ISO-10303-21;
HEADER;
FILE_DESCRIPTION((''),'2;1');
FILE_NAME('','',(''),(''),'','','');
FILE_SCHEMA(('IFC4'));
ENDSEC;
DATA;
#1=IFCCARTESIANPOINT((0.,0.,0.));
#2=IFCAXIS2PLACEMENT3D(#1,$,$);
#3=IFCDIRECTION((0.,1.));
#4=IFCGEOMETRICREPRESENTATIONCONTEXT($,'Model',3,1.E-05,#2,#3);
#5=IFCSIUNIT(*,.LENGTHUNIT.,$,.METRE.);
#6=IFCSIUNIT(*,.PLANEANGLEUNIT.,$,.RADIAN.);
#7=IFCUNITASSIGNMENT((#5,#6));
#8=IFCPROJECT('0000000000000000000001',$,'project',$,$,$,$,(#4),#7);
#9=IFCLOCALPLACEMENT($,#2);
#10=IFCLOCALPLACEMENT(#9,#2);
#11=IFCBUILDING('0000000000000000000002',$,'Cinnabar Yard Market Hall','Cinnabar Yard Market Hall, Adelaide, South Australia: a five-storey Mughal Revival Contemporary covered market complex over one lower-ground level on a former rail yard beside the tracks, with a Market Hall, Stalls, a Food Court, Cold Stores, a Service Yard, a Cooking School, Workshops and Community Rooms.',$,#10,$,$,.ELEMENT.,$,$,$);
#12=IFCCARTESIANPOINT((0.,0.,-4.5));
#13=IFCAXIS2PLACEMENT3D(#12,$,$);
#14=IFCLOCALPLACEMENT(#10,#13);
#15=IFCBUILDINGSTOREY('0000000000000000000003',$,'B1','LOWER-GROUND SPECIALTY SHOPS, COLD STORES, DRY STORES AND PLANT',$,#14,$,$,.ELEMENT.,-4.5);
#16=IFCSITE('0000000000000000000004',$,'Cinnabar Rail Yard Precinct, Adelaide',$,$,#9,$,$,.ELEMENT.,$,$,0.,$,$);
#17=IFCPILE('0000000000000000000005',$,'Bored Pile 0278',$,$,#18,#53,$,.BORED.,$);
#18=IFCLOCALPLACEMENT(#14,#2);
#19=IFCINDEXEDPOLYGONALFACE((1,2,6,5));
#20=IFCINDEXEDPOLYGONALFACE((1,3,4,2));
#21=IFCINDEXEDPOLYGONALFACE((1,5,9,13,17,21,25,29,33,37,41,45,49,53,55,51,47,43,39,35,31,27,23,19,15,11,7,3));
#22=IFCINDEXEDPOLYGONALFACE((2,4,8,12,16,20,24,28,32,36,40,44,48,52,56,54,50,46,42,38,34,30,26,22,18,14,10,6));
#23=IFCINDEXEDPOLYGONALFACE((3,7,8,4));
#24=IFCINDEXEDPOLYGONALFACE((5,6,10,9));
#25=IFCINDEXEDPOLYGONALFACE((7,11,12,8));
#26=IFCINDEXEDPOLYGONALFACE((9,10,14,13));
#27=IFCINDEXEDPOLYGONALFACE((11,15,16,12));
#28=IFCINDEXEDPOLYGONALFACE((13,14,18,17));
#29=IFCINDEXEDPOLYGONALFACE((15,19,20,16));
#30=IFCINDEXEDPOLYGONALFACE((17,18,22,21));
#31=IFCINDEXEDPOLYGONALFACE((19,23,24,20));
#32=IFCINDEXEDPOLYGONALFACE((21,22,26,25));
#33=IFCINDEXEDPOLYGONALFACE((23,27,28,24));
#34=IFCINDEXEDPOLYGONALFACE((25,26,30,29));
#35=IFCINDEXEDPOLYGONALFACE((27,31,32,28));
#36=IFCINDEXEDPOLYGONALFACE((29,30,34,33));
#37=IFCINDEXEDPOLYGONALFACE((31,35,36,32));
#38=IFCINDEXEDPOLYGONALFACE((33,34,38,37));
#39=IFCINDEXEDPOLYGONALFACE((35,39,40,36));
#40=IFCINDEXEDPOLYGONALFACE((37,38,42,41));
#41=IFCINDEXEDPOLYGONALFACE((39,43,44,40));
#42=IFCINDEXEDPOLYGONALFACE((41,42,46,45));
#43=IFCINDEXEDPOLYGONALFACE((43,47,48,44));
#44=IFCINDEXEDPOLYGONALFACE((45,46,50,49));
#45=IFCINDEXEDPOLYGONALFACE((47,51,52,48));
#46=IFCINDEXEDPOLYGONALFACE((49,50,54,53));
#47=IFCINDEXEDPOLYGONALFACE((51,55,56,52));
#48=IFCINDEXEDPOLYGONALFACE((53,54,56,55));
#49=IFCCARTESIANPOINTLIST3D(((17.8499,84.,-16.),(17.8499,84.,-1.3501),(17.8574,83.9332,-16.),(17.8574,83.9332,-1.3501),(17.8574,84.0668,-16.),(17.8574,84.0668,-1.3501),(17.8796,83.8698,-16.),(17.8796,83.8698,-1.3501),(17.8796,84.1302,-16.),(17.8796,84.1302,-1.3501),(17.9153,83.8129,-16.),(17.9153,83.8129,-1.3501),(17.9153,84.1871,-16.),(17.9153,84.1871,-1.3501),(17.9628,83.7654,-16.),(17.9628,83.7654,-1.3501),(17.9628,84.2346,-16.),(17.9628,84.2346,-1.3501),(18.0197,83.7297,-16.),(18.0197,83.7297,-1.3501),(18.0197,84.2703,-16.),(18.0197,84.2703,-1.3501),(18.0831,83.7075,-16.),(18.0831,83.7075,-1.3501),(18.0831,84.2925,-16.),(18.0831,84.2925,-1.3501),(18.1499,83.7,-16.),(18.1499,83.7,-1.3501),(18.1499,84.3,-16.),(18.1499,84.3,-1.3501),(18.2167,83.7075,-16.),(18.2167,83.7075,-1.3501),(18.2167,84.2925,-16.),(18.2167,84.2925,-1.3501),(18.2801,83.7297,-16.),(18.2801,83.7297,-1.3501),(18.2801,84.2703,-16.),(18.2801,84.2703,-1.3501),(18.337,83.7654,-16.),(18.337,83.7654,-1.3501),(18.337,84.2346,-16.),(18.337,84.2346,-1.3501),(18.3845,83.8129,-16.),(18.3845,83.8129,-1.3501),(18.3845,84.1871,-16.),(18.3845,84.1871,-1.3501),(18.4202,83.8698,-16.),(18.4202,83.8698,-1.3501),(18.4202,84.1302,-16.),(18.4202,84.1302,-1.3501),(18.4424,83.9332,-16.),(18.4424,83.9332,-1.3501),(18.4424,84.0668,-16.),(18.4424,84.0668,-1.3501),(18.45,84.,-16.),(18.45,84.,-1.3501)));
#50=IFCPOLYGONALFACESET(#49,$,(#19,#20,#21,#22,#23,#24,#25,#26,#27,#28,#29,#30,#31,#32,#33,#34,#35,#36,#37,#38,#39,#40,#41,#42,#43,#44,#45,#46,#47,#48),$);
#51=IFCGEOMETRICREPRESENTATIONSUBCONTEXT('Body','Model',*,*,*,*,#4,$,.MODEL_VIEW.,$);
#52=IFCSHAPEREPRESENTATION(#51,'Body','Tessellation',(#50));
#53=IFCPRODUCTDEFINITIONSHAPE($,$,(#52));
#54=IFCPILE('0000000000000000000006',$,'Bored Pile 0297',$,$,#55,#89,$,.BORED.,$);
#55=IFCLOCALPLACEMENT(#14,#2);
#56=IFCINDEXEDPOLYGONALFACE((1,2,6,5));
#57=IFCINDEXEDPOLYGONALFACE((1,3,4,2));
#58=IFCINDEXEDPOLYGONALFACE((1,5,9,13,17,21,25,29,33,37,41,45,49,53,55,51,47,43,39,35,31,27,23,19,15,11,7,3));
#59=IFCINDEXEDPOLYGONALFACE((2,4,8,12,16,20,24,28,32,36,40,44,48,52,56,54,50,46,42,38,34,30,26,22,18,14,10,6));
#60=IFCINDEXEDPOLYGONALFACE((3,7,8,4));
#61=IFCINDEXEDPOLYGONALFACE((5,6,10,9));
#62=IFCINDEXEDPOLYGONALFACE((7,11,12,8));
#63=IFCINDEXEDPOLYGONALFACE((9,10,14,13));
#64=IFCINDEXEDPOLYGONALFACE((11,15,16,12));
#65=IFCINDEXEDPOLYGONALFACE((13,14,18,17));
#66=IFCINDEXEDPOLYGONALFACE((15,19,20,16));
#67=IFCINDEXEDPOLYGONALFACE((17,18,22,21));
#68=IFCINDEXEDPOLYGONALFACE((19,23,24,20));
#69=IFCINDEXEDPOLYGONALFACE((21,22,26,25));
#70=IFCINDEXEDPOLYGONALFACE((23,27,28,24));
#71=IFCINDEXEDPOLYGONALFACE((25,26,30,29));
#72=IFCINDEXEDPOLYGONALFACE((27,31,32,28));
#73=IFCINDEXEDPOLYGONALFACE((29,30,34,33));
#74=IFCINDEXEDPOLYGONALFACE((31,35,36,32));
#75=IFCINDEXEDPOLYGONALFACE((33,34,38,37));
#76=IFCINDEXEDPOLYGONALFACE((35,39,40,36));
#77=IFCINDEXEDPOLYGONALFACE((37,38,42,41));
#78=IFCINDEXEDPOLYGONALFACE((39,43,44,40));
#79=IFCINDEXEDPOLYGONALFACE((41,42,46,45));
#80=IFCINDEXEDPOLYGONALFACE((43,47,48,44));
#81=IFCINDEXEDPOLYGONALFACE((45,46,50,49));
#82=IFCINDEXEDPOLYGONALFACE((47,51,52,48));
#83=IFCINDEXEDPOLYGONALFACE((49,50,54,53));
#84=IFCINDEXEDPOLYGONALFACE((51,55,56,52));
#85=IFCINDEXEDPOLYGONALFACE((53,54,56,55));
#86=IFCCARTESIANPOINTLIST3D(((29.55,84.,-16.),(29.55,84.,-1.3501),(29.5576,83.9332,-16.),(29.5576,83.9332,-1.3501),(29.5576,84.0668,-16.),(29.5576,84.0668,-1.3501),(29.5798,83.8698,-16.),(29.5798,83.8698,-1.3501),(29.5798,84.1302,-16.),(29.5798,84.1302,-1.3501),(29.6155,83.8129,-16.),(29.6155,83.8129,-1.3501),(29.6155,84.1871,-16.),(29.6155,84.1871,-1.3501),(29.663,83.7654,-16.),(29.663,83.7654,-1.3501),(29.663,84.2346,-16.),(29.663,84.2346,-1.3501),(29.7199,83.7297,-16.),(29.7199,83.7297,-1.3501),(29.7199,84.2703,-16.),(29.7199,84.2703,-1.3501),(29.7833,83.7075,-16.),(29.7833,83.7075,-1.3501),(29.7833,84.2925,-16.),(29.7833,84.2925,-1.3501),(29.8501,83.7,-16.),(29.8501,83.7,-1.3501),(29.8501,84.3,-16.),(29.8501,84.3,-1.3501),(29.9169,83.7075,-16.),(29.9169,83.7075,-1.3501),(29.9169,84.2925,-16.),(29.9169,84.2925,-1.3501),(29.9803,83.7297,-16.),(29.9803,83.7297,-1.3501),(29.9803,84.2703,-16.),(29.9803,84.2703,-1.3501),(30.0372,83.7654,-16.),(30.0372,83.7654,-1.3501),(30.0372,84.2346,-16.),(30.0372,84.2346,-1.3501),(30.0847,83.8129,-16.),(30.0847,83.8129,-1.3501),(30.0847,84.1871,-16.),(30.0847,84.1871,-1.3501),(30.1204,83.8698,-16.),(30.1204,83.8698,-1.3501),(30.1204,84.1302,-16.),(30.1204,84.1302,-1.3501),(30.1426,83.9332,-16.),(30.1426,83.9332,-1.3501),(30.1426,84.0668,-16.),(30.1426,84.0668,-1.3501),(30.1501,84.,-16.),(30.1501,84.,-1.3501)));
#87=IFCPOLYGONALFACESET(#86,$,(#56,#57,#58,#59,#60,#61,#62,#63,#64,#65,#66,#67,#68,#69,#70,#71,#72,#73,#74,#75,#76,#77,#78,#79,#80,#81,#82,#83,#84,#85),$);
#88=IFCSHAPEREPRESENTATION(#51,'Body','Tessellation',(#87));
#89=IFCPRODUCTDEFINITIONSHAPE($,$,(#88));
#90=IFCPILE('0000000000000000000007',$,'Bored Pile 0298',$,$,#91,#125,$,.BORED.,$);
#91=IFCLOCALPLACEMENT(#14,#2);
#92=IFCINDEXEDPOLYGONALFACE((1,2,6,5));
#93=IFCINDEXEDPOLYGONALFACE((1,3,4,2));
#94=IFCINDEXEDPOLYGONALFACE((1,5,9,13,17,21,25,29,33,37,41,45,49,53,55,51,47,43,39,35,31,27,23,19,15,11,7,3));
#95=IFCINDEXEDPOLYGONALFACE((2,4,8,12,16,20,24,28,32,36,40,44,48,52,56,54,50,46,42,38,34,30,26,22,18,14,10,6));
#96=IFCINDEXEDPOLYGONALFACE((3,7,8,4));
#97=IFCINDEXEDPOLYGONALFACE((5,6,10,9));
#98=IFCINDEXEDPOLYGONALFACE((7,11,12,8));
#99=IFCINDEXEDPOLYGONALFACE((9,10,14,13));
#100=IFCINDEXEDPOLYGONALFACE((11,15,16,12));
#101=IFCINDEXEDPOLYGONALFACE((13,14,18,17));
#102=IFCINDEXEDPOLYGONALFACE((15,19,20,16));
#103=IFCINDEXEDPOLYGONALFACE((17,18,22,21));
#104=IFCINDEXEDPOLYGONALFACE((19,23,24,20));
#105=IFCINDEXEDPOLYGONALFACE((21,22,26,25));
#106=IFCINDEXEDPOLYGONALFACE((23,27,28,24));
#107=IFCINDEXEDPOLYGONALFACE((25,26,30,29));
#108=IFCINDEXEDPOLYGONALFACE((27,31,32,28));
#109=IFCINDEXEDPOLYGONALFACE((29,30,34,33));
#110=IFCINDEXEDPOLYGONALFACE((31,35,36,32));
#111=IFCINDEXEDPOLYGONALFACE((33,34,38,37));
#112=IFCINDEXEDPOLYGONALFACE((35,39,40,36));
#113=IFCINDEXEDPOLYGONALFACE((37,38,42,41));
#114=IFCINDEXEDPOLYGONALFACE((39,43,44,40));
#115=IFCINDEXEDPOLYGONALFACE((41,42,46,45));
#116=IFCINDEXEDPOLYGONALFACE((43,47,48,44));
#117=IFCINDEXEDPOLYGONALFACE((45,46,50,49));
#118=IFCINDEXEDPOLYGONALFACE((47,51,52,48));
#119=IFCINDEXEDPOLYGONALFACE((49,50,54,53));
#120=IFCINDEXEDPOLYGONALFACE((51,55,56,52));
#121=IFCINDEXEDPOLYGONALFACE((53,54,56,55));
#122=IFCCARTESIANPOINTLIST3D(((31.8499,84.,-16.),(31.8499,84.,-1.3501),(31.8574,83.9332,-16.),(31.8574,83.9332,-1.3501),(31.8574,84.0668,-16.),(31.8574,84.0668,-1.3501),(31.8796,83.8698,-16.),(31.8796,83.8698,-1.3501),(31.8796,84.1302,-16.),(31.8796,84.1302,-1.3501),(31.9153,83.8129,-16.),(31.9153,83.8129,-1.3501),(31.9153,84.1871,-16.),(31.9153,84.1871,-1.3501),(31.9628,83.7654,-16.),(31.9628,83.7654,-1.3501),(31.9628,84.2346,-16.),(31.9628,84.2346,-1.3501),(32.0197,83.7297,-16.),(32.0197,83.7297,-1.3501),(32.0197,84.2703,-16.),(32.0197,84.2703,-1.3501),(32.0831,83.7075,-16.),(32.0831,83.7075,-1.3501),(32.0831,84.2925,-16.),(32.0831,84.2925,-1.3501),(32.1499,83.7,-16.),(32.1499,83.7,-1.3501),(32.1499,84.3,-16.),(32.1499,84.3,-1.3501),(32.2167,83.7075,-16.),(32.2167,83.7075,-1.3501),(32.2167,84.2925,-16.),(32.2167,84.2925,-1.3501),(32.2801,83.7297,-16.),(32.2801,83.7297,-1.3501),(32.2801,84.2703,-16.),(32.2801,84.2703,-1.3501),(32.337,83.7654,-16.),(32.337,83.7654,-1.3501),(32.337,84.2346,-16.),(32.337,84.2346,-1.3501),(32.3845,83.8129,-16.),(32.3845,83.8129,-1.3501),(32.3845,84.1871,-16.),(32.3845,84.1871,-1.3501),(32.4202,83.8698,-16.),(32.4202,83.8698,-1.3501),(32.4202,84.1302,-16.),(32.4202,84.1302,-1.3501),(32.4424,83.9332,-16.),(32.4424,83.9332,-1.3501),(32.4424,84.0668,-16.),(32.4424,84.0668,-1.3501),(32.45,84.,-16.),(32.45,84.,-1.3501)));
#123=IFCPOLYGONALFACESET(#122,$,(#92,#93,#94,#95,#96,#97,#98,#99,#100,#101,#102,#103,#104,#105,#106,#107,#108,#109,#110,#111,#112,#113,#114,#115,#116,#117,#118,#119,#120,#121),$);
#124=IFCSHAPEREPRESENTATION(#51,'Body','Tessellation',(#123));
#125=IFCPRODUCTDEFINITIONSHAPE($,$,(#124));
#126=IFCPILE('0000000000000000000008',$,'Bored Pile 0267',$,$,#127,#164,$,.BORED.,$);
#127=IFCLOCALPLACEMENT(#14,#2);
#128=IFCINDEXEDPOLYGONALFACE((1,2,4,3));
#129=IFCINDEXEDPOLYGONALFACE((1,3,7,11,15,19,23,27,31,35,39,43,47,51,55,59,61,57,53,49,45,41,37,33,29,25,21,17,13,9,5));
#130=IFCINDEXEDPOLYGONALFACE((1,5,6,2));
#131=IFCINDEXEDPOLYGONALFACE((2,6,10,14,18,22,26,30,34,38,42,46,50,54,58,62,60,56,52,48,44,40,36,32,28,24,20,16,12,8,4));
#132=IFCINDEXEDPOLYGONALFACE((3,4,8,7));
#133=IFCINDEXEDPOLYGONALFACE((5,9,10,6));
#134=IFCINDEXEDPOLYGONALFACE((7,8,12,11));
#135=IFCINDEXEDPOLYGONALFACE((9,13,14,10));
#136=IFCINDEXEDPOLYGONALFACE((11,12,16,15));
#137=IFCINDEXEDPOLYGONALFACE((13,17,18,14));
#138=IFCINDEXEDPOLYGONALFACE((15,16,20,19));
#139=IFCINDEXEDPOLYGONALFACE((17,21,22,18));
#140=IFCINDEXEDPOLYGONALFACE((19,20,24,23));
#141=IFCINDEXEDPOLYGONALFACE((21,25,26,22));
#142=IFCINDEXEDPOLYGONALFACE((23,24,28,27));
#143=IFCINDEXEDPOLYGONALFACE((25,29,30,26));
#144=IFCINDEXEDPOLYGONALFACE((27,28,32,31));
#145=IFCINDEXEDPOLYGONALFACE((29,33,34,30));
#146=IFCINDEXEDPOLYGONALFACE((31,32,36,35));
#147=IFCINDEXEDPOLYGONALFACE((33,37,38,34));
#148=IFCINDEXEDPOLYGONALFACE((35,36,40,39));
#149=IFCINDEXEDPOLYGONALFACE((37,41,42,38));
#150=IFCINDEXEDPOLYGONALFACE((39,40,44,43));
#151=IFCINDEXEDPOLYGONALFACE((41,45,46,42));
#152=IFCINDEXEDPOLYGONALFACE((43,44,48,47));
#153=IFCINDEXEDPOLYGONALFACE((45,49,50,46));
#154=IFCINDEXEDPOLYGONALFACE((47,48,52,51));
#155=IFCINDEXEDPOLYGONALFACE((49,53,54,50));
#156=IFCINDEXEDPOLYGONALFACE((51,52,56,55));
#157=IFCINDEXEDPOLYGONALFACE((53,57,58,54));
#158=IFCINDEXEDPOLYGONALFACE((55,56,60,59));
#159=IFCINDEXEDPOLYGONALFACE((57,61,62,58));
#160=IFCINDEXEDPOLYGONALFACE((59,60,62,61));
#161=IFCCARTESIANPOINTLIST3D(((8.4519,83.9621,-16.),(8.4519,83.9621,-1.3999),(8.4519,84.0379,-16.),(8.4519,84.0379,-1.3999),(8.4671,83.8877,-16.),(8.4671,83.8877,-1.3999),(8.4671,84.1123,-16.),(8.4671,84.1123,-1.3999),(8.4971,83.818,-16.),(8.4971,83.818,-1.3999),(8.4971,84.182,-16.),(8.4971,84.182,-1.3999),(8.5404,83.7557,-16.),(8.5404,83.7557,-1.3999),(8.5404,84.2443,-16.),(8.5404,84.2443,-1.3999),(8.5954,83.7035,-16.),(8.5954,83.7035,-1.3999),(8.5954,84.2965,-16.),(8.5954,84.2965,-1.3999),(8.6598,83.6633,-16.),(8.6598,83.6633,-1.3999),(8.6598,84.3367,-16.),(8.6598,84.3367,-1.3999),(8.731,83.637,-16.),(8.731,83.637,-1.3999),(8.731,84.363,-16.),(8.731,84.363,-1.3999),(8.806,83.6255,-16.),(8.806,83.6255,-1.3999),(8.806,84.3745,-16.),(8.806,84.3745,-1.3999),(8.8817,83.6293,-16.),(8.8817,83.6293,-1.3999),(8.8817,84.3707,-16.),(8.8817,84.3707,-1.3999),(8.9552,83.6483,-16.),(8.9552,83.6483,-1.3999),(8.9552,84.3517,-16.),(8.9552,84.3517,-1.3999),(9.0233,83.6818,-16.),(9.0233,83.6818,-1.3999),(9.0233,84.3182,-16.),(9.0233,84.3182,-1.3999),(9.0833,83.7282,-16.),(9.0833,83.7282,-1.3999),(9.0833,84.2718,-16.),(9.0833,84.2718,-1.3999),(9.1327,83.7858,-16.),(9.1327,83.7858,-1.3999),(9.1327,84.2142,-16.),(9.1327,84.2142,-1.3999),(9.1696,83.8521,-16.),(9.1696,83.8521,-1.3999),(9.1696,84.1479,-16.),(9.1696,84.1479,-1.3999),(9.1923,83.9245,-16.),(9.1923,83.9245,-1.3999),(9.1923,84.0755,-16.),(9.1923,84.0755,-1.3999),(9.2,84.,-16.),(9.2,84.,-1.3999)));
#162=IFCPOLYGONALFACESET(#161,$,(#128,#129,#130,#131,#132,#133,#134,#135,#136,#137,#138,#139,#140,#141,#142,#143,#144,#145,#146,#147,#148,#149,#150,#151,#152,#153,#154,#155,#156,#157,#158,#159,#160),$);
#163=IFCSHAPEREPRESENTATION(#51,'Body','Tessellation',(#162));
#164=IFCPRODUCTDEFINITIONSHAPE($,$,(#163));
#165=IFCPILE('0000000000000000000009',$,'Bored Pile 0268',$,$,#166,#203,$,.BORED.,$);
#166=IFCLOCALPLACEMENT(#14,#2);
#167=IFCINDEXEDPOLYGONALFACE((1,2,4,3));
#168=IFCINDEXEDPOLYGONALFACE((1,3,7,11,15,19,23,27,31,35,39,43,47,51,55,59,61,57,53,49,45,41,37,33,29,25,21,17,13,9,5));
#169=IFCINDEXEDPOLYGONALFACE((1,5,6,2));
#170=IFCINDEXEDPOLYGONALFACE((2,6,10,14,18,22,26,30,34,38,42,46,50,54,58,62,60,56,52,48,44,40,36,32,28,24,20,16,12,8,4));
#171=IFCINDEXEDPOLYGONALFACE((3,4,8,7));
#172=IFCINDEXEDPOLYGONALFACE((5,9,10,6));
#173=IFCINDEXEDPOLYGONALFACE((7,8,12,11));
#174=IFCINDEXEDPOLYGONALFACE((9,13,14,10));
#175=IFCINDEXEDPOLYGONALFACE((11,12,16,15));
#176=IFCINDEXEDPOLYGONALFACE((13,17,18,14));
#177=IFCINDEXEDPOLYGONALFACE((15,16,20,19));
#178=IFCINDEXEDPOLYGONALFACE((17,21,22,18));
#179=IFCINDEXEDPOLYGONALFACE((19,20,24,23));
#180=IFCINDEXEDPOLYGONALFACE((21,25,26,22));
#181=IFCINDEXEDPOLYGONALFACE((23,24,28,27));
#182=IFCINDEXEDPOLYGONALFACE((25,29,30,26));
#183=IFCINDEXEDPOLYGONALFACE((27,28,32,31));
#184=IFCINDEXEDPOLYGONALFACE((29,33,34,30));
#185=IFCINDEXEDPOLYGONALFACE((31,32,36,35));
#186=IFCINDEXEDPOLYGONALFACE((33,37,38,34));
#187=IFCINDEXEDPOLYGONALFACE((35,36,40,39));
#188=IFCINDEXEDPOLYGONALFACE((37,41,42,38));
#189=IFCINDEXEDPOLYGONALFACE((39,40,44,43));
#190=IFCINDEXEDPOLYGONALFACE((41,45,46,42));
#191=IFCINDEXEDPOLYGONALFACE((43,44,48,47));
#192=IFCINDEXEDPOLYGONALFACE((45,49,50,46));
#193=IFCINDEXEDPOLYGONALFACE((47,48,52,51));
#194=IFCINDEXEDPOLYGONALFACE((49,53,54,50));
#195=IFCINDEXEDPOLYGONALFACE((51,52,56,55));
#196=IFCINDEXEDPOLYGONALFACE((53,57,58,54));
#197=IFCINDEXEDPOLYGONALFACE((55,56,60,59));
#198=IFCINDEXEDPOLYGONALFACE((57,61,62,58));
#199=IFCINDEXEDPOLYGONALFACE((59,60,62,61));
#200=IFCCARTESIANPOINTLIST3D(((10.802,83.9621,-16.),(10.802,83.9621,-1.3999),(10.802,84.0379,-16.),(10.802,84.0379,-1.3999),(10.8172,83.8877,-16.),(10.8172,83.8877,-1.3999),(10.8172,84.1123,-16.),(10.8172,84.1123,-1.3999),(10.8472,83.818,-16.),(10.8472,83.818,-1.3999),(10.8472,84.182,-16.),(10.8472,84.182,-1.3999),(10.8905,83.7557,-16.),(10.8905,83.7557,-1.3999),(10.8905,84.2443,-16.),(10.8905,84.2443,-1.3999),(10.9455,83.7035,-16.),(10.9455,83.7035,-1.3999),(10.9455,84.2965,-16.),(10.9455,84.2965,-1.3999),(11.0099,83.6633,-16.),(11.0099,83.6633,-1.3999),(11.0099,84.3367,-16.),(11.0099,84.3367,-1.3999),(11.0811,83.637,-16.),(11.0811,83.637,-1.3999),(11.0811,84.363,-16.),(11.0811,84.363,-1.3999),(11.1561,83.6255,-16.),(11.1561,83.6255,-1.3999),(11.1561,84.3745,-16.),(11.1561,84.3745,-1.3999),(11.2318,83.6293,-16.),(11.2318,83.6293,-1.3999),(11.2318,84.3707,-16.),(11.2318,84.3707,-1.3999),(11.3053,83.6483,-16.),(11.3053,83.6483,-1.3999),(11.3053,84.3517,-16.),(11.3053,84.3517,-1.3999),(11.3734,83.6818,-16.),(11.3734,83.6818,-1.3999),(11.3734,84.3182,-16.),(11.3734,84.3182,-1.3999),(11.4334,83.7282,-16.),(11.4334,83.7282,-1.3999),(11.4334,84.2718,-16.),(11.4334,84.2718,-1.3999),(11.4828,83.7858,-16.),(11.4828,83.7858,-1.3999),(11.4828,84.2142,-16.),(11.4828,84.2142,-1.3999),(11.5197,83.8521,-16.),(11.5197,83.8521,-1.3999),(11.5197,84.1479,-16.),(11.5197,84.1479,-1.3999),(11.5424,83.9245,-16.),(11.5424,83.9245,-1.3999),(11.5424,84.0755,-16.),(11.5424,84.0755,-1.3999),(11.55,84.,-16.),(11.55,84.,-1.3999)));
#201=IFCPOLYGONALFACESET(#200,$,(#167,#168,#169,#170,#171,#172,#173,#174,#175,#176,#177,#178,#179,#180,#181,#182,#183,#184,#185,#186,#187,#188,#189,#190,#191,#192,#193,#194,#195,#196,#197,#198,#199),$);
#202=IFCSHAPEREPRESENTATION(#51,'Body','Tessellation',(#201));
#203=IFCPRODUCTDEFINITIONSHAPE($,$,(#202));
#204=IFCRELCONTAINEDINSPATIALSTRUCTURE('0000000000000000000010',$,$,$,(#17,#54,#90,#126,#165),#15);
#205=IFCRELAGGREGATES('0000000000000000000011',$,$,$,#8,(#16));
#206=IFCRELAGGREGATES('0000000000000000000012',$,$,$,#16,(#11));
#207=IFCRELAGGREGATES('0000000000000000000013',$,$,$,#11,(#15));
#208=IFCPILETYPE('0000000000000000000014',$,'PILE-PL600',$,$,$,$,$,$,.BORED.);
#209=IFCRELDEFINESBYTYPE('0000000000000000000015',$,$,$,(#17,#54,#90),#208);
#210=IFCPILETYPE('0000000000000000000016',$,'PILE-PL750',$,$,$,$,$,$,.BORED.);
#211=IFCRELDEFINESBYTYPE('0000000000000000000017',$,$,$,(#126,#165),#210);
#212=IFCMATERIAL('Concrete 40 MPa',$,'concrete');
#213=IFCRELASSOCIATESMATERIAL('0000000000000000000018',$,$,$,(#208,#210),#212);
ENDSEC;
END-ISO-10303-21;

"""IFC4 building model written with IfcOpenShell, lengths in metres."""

from ifc_helpers import new_model, si_unit, direction, frame, origin, origin_2d_with_axis, place, context, subcontext, project, spatial, circle, extrude, material, material_profile, profile_set, type_object, element, save


model = new_model("IFC4")

# Units and contexts
model_context = context("Model", 3, precision=1e-05, world=origin(), true_north=direction((0.0, 1.0)))
body_context = subcontext(model_context, "Body", "Model", "MODEL_VIEW")
ifc_project = project(units=[si_unit("LENGTHUNIT", "METRE"), si_unit("PLANEANGLEUNIT", "RADIAN")], contexts=[model_context])

# Site, building, storey
site_placement = place(None, origin())
site = spatial("IfcSite", under=ifc_project, at=site_placement, Name="Cinnabar Rail Yard Precinct, Adelaide", CompositionType="ELEMENT", RefElevation=0.0)
building_placement = place(site_placement, origin())
building = spatial("IfcBuilding", under=site, at=building_placement, Name="Cinnabar Yard Market Hall", Description="Cinnabar Yard Market Hall, Adelaide, South Australia: a five-storey Mughal Revival Contemporary covered market complex over one lower-ground level on a former rail yard beside the tracks, with a Market Hall, Stalls, a Food Court, Cold Stores, a Service Yard, a Cooking School, Workshops and Community Rooms.", CompositionType="ELEMENT")
storey_placement = place(building_placement, frame((0.0, 0.0, -4.5)))
storey = spatial("IfcBuildingStorey", under=building, at=storey_placement, Name="B1", Description="LOWER-GROUND SPECIALTY SHOPS, COLD STORES, DRY STORES AND PLANT", CompositionType="ELEMENT", Elevation=-4.5)

# Shared definitions
ifc_material_1 = material(Name="Concrete 40 MPa", Category="concrete")

# Piles
ifc_material_profile_1 = material_profile(ifc_material_1, circle(Radius=0.3, at=origin_2d_with_axis()), Name="PILE-D600")
ifc_profile_set_1 = profile_set([ifc_material_profile_1], Name="Concrete 40 MPa")
pile_type_1 = type_object("IfcPileType", Name="PILE-PL600", PredefinedType="BORED", material=ifc_profile_set_1)
for number, where, z_axis, x_axis, name in (
    (1, (18.1499, 84.0, -1.3501), (0.0, 0.0, -1.0), (1.0, 0.0, 0.0), "Bored Pile 0278"),
    (2, (29.8501, 84.0, -1.3501), (0.0, 0.0, -1.0), (1.0, 0.0, 0.0), "Bored Pile 0297"),
    (3, (32.1499, 84.0, -1.3501), (0.0, 0.0, -1.0), (1.0, 0.0, 0.0), "Bored Pile 0298"),
):
    element("IfcPile", number, at=place(storey_placement, frame(where, z_axis=z_axis, x_axis=x_axis)), inside=storey, type_object=pile_type_1, Name=name, PredefinedType="BORED", context=body_context, shape_type="SweptSolid", body=[
        extrude(circle(Radius=0.3, at=origin_2d_with_axis()), origin(), (0.0, 0.0, 1.0), 14.6499),
    ])
ifc_material_profile_2 = material_profile(ifc_material_1, circle(Radius=0.375, at=origin_2d_with_axis()), Name="PILE-D750")
ifc_profile_set_2 = profile_set([ifc_material_profile_2], Name="Concrete 40 MPa")
pile_type_2 = type_object("IfcPileType", Name="PILE-PL750", PredefinedType="BORED", material=ifc_profile_set_2)
for number, where, z_axis, x_axis, name in (
    (4, (8.825, 84.0, -1.3999), (0.0, 0.0, -1.0), (1.0, 0.0, 0.0), "Bored Pile 0267"),
    (5, (11.175, 84.0, -1.3999), (0.0, 0.0, -1.0), (1.0, 0.0, 0.0), "Bored Pile 0268"),
):
    element("IfcPile", number, at=place(storey_placement, frame(where, z_axis=z_axis, x_axis=x_axis)), inside=storey, type_object=pile_type_2, Name=name, PredefinedType="BORED", context=body_context, shape_type="SweptSolid", body=[
        extrude(circle(Radius=0.375, at=origin_2d_with_axis()), origin(), (0.0, 0.0, 1.0), 14.6001),
    ])

save(model, "model.ifc")
